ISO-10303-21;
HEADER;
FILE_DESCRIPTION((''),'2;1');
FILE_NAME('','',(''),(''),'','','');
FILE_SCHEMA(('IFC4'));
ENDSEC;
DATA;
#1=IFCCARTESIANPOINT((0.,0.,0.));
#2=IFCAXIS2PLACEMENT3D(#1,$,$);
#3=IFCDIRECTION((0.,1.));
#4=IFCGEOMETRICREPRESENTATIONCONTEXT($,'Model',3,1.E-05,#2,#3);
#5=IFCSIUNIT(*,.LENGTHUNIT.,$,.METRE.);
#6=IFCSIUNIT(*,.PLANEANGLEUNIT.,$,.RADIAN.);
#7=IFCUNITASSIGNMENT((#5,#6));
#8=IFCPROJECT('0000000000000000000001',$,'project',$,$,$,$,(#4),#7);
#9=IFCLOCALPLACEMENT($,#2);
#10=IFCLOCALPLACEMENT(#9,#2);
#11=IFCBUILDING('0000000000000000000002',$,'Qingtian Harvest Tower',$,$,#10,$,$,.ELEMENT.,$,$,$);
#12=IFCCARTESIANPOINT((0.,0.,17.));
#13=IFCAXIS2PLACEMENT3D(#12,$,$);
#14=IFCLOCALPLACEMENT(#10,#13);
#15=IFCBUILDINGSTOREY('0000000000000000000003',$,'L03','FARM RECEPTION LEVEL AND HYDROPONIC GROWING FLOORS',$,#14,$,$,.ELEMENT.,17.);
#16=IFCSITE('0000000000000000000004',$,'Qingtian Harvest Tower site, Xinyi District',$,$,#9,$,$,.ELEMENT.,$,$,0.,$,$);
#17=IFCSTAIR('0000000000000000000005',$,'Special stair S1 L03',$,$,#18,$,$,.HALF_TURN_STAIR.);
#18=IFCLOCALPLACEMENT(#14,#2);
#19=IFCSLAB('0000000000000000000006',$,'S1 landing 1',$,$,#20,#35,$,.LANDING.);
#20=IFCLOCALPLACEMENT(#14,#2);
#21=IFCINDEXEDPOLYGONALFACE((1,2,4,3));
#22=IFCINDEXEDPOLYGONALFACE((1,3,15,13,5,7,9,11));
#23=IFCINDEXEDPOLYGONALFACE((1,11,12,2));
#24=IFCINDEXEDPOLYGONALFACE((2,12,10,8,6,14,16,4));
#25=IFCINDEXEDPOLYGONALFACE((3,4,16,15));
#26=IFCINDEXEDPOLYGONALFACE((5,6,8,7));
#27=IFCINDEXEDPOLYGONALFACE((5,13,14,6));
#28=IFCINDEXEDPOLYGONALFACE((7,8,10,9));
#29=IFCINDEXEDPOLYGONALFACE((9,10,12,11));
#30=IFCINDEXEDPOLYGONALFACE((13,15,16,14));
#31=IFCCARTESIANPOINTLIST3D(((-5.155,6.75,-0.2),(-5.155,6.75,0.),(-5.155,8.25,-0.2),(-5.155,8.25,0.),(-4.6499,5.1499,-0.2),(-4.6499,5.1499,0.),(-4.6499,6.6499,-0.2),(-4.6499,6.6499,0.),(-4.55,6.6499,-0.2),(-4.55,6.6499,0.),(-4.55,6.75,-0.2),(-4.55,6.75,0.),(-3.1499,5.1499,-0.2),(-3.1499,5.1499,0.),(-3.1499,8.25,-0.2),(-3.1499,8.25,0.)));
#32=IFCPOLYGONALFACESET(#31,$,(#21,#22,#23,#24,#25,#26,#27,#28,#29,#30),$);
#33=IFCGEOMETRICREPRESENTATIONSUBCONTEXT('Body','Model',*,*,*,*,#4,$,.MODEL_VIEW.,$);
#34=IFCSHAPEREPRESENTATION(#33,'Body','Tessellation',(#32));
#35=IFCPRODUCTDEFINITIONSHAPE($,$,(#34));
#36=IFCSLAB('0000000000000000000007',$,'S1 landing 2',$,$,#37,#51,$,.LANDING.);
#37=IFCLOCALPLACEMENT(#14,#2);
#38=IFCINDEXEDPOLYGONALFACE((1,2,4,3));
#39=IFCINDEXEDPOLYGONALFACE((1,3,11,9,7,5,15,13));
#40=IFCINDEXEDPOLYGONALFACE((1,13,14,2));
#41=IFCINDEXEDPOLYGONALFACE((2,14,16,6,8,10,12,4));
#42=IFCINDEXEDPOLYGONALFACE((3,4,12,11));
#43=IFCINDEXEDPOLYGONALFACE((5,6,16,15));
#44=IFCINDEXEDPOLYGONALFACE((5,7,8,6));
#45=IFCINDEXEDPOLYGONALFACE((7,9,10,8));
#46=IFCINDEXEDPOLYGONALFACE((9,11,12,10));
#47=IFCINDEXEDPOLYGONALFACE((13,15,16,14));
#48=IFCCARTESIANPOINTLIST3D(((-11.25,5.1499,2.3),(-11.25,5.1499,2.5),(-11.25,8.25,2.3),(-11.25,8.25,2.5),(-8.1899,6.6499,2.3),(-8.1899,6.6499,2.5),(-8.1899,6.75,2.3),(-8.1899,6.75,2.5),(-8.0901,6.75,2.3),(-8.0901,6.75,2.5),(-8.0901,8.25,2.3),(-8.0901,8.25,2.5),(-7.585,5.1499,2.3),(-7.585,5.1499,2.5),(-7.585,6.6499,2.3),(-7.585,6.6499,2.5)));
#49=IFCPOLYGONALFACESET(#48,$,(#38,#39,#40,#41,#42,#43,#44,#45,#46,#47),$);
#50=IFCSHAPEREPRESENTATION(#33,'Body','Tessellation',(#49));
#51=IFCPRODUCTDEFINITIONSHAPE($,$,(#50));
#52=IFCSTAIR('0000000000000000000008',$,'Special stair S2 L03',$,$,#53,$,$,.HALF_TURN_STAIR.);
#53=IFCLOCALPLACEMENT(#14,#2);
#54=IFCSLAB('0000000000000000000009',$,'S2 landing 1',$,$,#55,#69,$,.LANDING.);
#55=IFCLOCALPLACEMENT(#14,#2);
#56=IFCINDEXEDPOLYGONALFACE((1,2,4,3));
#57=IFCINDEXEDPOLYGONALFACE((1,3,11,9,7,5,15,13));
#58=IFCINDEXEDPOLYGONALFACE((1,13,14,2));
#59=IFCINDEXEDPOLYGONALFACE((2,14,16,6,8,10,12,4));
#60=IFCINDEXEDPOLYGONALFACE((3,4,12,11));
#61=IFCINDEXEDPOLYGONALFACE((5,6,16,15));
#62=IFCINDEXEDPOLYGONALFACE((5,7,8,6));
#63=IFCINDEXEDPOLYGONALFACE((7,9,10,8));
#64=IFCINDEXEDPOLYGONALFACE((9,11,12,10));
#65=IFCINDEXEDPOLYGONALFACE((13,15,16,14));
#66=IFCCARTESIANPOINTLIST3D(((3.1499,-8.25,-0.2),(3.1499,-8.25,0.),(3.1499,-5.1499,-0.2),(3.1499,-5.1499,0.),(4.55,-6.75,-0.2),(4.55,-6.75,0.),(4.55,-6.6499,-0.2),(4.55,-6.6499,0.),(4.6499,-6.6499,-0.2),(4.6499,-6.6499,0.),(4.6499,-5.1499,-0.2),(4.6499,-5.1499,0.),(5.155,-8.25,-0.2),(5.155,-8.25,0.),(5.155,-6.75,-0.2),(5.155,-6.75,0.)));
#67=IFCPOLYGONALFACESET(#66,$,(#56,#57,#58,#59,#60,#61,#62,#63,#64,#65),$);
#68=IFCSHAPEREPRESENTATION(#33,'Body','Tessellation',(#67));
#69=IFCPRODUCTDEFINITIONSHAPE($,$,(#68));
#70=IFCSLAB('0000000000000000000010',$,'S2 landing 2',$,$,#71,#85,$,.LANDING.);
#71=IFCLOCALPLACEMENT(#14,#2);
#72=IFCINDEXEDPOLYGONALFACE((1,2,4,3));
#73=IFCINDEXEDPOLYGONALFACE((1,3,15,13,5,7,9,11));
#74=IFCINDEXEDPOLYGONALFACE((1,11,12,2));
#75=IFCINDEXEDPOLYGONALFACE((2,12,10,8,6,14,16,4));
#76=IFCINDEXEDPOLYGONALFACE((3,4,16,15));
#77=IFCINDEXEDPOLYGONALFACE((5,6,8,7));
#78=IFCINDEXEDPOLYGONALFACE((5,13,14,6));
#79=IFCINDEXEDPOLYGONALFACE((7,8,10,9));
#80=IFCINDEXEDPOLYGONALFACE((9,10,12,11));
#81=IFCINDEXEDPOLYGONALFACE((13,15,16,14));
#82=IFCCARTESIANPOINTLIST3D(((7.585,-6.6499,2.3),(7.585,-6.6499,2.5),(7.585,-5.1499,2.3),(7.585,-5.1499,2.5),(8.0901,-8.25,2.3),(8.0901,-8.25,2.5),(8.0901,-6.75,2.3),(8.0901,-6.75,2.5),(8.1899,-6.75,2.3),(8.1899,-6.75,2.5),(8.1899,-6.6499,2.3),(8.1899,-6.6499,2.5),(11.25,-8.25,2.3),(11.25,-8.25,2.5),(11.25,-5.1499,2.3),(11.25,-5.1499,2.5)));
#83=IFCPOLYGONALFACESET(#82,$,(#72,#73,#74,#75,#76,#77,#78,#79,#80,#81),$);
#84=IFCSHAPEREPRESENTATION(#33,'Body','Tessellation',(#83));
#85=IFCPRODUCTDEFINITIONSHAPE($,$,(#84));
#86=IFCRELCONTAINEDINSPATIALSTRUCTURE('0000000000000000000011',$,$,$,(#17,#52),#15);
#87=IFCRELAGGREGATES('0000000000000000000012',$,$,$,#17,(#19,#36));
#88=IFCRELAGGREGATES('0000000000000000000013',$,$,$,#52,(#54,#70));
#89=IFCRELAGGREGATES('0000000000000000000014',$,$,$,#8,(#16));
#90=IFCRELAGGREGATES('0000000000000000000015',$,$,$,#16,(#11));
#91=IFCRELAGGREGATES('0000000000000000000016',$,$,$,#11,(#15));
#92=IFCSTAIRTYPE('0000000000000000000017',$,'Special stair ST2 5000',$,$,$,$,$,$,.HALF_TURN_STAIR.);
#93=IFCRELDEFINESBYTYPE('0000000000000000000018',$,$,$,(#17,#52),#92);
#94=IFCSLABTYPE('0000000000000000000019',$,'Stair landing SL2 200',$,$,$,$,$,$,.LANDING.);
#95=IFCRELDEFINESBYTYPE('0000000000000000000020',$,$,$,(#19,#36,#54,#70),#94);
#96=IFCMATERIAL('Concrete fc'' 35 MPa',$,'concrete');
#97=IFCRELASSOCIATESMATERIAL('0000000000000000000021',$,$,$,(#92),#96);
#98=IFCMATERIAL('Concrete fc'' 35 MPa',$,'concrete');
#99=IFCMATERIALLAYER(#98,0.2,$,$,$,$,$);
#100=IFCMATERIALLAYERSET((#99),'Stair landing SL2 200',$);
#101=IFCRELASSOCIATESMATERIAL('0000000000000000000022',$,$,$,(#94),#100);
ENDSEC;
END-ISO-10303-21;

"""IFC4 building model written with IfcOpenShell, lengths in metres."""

from ifc_helpers import new_model, si_unit, direction, frame, origin, place, context, subcontext, project, spatial, polyline, outline, extrude, material, layer, layer_set, type_object, element, aggregate, save


model = new_model("IFC4")

# Units and contexts
model_context = context("Model", 3, precision=1e-05, world=origin(), true_north=direction((0.0, 1.0)))
body_context = subcontext(model_context, "Body", "Model", "MODEL_VIEW")
ifc_project = project(units=[si_unit("LENGTHUNIT", "METRE"), si_unit("PLANEANGLEUNIT", "RADIAN")], contexts=[model_context])

# Site, building, storey
site_placement = place(None, origin())
site = spatial("IfcSite", under=ifc_project, at=site_placement, Name="Qingtian Harvest Tower site, Xinyi District", CompositionType="ELEMENT", RefElevation=0.0)
building_placement = place(site_placement, origin())
building = spatial("IfcBuilding", under=site, at=building_placement, Name="Qingtian Harvest Tower", CompositionType="ELEMENT")
storey_placement = place(building_placement, frame((0.0, 0.0, 17.0)))
storey = spatial("IfcBuildingStorey", under=building, at=storey_placement, Name="L03", Description="FARM RECEPTION LEVEL AND HYDROPONIC GROWING FLOORS", CompositionType="ELEMENT", Elevation=17.0)

# Stairs, slabs
ifc_material_1 = material(Name="Concrete fc' 35 MPa", Category="concrete")
stair_type = type_object("IfcStairType", Name="Special stair ST2 5000", PredefinedType="HALF_TURN_STAIR", material=ifc_material_1)
stair_1_placement = place(storey_placement, origin())
stair_1 = element("IfcStair", 1, at=stair_1_placement, inside=storey, type_object=stair_type, Name="Special stair S1 L03", PredefinedType="HALF_TURN_STAIR")
ifc_material_2 = material(Name="Concrete fc' 35 MPa", Category="concrete")
ifc_layer_1 = layer(ifc_material_2, 0.2)
ifc_layer_set_1 = layer_set([ifc_layer_1], Name="Stair landing SL2 200")
slab_type_1 = type_object("IfcSlabType", Name="Stair landing SL2 200", PredefinedType="LANDING", material=ifc_layer_set_1)
slab_1_placement = place(storey_placement, frame((0.0, 0.0, -0.2)))
slab_1 = element("IfcSlab", 2, at=slab_1_placement, type_object=slab_type_1, Name="S1 landing 1", PredefinedType="LANDING", context=body_context, shape_type="SweptSolid", body=[
    extrude(outline(polyline([(-4.6499, 5.1499), (-4.6499, 6.6499), (-4.55, 6.6499), (-4.55, 6.75), (-5.155, 6.75), (-5.155, 8.25), (-3.1499, 8.25), (-3.1499, 5.1499), (-4.6499, 5.1499)])), origin(), (0.0, 0.0, 1.0), 0.2),
])
slab_2_placement = place(storey_placement, frame((0.0, 0.0, 2.3)))
slab_2 = element("IfcSlab", 3, at=slab_2_placement, type_object=slab_type_1, Name="S1 landing 2", PredefinedType="LANDING", context=body_context, shape_type="SweptSolid", body=[
    extrude(outline(polyline([(-7.585, 5.1499), (-11.25, 5.1499), (-11.25, 8.25), (-8.0901, 8.25), (-8.0901, 6.75), (-8.1899, 6.75), (-8.1899, 6.6499), (-7.585, 6.6499), (-7.585, 5.1499)])), origin(), (0.0, 0.0, 1.0), 0.2),
])
aggregate(stair_1, [slab_1, slab_2])
stair_2_placement = place(storey_placement, origin())
stair_2 = element("IfcStair", 4, at=stair_2_placement, inside=storey, type_object=stair_type, Name="Special stair S2 L03", PredefinedType="HALF_TURN_STAIR")
slab_3_placement = place(storey_placement, frame((0.0, 0.0, -0.2)))
slab_3 = element("IfcSlab", 5, at=slab_3_placement, type_object=slab_type_1, Name="S2 landing 1", PredefinedType="LANDING", context=body_context, shape_type="SweptSolid", body=[
    extrude(outline(polyline([(5.155, -8.25), (3.1499, -8.25), (3.1499, -5.1499), (4.6499, -5.1499), (4.6499, -6.6499), (4.55, -6.6499), (4.55, -6.75), (5.155, -6.75), (5.155, -8.25)])), origin(), (0.0, 0.0, 1.0), 0.2),
])
slab_4_placement = place(storey_placement, frame((0.0, 0.0, 2.3)))
slab_4 = element("IfcSlab", 6, at=slab_4_placement, type_object=slab_type_1, Name="S2 landing 2", PredefinedType="LANDING", context=body_context, shape_type="SweptSolid", body=[
    extrude(outline(polyline([(8.0901, -8.25), (8.0901, -6.75), (8.1899, -6.75), (8.1899, -6.6499), (7.585, -6.6499), (7.585, -5.1499), (11.25, -5.1499), (11.25, -8.25), (8.0901, -8.25)])), origin(), (0.0, 0.0, 1.0), 0.2),
])
aggregate(stair_2, [slab_3, slab_4])

save(model, "model.ifc")
